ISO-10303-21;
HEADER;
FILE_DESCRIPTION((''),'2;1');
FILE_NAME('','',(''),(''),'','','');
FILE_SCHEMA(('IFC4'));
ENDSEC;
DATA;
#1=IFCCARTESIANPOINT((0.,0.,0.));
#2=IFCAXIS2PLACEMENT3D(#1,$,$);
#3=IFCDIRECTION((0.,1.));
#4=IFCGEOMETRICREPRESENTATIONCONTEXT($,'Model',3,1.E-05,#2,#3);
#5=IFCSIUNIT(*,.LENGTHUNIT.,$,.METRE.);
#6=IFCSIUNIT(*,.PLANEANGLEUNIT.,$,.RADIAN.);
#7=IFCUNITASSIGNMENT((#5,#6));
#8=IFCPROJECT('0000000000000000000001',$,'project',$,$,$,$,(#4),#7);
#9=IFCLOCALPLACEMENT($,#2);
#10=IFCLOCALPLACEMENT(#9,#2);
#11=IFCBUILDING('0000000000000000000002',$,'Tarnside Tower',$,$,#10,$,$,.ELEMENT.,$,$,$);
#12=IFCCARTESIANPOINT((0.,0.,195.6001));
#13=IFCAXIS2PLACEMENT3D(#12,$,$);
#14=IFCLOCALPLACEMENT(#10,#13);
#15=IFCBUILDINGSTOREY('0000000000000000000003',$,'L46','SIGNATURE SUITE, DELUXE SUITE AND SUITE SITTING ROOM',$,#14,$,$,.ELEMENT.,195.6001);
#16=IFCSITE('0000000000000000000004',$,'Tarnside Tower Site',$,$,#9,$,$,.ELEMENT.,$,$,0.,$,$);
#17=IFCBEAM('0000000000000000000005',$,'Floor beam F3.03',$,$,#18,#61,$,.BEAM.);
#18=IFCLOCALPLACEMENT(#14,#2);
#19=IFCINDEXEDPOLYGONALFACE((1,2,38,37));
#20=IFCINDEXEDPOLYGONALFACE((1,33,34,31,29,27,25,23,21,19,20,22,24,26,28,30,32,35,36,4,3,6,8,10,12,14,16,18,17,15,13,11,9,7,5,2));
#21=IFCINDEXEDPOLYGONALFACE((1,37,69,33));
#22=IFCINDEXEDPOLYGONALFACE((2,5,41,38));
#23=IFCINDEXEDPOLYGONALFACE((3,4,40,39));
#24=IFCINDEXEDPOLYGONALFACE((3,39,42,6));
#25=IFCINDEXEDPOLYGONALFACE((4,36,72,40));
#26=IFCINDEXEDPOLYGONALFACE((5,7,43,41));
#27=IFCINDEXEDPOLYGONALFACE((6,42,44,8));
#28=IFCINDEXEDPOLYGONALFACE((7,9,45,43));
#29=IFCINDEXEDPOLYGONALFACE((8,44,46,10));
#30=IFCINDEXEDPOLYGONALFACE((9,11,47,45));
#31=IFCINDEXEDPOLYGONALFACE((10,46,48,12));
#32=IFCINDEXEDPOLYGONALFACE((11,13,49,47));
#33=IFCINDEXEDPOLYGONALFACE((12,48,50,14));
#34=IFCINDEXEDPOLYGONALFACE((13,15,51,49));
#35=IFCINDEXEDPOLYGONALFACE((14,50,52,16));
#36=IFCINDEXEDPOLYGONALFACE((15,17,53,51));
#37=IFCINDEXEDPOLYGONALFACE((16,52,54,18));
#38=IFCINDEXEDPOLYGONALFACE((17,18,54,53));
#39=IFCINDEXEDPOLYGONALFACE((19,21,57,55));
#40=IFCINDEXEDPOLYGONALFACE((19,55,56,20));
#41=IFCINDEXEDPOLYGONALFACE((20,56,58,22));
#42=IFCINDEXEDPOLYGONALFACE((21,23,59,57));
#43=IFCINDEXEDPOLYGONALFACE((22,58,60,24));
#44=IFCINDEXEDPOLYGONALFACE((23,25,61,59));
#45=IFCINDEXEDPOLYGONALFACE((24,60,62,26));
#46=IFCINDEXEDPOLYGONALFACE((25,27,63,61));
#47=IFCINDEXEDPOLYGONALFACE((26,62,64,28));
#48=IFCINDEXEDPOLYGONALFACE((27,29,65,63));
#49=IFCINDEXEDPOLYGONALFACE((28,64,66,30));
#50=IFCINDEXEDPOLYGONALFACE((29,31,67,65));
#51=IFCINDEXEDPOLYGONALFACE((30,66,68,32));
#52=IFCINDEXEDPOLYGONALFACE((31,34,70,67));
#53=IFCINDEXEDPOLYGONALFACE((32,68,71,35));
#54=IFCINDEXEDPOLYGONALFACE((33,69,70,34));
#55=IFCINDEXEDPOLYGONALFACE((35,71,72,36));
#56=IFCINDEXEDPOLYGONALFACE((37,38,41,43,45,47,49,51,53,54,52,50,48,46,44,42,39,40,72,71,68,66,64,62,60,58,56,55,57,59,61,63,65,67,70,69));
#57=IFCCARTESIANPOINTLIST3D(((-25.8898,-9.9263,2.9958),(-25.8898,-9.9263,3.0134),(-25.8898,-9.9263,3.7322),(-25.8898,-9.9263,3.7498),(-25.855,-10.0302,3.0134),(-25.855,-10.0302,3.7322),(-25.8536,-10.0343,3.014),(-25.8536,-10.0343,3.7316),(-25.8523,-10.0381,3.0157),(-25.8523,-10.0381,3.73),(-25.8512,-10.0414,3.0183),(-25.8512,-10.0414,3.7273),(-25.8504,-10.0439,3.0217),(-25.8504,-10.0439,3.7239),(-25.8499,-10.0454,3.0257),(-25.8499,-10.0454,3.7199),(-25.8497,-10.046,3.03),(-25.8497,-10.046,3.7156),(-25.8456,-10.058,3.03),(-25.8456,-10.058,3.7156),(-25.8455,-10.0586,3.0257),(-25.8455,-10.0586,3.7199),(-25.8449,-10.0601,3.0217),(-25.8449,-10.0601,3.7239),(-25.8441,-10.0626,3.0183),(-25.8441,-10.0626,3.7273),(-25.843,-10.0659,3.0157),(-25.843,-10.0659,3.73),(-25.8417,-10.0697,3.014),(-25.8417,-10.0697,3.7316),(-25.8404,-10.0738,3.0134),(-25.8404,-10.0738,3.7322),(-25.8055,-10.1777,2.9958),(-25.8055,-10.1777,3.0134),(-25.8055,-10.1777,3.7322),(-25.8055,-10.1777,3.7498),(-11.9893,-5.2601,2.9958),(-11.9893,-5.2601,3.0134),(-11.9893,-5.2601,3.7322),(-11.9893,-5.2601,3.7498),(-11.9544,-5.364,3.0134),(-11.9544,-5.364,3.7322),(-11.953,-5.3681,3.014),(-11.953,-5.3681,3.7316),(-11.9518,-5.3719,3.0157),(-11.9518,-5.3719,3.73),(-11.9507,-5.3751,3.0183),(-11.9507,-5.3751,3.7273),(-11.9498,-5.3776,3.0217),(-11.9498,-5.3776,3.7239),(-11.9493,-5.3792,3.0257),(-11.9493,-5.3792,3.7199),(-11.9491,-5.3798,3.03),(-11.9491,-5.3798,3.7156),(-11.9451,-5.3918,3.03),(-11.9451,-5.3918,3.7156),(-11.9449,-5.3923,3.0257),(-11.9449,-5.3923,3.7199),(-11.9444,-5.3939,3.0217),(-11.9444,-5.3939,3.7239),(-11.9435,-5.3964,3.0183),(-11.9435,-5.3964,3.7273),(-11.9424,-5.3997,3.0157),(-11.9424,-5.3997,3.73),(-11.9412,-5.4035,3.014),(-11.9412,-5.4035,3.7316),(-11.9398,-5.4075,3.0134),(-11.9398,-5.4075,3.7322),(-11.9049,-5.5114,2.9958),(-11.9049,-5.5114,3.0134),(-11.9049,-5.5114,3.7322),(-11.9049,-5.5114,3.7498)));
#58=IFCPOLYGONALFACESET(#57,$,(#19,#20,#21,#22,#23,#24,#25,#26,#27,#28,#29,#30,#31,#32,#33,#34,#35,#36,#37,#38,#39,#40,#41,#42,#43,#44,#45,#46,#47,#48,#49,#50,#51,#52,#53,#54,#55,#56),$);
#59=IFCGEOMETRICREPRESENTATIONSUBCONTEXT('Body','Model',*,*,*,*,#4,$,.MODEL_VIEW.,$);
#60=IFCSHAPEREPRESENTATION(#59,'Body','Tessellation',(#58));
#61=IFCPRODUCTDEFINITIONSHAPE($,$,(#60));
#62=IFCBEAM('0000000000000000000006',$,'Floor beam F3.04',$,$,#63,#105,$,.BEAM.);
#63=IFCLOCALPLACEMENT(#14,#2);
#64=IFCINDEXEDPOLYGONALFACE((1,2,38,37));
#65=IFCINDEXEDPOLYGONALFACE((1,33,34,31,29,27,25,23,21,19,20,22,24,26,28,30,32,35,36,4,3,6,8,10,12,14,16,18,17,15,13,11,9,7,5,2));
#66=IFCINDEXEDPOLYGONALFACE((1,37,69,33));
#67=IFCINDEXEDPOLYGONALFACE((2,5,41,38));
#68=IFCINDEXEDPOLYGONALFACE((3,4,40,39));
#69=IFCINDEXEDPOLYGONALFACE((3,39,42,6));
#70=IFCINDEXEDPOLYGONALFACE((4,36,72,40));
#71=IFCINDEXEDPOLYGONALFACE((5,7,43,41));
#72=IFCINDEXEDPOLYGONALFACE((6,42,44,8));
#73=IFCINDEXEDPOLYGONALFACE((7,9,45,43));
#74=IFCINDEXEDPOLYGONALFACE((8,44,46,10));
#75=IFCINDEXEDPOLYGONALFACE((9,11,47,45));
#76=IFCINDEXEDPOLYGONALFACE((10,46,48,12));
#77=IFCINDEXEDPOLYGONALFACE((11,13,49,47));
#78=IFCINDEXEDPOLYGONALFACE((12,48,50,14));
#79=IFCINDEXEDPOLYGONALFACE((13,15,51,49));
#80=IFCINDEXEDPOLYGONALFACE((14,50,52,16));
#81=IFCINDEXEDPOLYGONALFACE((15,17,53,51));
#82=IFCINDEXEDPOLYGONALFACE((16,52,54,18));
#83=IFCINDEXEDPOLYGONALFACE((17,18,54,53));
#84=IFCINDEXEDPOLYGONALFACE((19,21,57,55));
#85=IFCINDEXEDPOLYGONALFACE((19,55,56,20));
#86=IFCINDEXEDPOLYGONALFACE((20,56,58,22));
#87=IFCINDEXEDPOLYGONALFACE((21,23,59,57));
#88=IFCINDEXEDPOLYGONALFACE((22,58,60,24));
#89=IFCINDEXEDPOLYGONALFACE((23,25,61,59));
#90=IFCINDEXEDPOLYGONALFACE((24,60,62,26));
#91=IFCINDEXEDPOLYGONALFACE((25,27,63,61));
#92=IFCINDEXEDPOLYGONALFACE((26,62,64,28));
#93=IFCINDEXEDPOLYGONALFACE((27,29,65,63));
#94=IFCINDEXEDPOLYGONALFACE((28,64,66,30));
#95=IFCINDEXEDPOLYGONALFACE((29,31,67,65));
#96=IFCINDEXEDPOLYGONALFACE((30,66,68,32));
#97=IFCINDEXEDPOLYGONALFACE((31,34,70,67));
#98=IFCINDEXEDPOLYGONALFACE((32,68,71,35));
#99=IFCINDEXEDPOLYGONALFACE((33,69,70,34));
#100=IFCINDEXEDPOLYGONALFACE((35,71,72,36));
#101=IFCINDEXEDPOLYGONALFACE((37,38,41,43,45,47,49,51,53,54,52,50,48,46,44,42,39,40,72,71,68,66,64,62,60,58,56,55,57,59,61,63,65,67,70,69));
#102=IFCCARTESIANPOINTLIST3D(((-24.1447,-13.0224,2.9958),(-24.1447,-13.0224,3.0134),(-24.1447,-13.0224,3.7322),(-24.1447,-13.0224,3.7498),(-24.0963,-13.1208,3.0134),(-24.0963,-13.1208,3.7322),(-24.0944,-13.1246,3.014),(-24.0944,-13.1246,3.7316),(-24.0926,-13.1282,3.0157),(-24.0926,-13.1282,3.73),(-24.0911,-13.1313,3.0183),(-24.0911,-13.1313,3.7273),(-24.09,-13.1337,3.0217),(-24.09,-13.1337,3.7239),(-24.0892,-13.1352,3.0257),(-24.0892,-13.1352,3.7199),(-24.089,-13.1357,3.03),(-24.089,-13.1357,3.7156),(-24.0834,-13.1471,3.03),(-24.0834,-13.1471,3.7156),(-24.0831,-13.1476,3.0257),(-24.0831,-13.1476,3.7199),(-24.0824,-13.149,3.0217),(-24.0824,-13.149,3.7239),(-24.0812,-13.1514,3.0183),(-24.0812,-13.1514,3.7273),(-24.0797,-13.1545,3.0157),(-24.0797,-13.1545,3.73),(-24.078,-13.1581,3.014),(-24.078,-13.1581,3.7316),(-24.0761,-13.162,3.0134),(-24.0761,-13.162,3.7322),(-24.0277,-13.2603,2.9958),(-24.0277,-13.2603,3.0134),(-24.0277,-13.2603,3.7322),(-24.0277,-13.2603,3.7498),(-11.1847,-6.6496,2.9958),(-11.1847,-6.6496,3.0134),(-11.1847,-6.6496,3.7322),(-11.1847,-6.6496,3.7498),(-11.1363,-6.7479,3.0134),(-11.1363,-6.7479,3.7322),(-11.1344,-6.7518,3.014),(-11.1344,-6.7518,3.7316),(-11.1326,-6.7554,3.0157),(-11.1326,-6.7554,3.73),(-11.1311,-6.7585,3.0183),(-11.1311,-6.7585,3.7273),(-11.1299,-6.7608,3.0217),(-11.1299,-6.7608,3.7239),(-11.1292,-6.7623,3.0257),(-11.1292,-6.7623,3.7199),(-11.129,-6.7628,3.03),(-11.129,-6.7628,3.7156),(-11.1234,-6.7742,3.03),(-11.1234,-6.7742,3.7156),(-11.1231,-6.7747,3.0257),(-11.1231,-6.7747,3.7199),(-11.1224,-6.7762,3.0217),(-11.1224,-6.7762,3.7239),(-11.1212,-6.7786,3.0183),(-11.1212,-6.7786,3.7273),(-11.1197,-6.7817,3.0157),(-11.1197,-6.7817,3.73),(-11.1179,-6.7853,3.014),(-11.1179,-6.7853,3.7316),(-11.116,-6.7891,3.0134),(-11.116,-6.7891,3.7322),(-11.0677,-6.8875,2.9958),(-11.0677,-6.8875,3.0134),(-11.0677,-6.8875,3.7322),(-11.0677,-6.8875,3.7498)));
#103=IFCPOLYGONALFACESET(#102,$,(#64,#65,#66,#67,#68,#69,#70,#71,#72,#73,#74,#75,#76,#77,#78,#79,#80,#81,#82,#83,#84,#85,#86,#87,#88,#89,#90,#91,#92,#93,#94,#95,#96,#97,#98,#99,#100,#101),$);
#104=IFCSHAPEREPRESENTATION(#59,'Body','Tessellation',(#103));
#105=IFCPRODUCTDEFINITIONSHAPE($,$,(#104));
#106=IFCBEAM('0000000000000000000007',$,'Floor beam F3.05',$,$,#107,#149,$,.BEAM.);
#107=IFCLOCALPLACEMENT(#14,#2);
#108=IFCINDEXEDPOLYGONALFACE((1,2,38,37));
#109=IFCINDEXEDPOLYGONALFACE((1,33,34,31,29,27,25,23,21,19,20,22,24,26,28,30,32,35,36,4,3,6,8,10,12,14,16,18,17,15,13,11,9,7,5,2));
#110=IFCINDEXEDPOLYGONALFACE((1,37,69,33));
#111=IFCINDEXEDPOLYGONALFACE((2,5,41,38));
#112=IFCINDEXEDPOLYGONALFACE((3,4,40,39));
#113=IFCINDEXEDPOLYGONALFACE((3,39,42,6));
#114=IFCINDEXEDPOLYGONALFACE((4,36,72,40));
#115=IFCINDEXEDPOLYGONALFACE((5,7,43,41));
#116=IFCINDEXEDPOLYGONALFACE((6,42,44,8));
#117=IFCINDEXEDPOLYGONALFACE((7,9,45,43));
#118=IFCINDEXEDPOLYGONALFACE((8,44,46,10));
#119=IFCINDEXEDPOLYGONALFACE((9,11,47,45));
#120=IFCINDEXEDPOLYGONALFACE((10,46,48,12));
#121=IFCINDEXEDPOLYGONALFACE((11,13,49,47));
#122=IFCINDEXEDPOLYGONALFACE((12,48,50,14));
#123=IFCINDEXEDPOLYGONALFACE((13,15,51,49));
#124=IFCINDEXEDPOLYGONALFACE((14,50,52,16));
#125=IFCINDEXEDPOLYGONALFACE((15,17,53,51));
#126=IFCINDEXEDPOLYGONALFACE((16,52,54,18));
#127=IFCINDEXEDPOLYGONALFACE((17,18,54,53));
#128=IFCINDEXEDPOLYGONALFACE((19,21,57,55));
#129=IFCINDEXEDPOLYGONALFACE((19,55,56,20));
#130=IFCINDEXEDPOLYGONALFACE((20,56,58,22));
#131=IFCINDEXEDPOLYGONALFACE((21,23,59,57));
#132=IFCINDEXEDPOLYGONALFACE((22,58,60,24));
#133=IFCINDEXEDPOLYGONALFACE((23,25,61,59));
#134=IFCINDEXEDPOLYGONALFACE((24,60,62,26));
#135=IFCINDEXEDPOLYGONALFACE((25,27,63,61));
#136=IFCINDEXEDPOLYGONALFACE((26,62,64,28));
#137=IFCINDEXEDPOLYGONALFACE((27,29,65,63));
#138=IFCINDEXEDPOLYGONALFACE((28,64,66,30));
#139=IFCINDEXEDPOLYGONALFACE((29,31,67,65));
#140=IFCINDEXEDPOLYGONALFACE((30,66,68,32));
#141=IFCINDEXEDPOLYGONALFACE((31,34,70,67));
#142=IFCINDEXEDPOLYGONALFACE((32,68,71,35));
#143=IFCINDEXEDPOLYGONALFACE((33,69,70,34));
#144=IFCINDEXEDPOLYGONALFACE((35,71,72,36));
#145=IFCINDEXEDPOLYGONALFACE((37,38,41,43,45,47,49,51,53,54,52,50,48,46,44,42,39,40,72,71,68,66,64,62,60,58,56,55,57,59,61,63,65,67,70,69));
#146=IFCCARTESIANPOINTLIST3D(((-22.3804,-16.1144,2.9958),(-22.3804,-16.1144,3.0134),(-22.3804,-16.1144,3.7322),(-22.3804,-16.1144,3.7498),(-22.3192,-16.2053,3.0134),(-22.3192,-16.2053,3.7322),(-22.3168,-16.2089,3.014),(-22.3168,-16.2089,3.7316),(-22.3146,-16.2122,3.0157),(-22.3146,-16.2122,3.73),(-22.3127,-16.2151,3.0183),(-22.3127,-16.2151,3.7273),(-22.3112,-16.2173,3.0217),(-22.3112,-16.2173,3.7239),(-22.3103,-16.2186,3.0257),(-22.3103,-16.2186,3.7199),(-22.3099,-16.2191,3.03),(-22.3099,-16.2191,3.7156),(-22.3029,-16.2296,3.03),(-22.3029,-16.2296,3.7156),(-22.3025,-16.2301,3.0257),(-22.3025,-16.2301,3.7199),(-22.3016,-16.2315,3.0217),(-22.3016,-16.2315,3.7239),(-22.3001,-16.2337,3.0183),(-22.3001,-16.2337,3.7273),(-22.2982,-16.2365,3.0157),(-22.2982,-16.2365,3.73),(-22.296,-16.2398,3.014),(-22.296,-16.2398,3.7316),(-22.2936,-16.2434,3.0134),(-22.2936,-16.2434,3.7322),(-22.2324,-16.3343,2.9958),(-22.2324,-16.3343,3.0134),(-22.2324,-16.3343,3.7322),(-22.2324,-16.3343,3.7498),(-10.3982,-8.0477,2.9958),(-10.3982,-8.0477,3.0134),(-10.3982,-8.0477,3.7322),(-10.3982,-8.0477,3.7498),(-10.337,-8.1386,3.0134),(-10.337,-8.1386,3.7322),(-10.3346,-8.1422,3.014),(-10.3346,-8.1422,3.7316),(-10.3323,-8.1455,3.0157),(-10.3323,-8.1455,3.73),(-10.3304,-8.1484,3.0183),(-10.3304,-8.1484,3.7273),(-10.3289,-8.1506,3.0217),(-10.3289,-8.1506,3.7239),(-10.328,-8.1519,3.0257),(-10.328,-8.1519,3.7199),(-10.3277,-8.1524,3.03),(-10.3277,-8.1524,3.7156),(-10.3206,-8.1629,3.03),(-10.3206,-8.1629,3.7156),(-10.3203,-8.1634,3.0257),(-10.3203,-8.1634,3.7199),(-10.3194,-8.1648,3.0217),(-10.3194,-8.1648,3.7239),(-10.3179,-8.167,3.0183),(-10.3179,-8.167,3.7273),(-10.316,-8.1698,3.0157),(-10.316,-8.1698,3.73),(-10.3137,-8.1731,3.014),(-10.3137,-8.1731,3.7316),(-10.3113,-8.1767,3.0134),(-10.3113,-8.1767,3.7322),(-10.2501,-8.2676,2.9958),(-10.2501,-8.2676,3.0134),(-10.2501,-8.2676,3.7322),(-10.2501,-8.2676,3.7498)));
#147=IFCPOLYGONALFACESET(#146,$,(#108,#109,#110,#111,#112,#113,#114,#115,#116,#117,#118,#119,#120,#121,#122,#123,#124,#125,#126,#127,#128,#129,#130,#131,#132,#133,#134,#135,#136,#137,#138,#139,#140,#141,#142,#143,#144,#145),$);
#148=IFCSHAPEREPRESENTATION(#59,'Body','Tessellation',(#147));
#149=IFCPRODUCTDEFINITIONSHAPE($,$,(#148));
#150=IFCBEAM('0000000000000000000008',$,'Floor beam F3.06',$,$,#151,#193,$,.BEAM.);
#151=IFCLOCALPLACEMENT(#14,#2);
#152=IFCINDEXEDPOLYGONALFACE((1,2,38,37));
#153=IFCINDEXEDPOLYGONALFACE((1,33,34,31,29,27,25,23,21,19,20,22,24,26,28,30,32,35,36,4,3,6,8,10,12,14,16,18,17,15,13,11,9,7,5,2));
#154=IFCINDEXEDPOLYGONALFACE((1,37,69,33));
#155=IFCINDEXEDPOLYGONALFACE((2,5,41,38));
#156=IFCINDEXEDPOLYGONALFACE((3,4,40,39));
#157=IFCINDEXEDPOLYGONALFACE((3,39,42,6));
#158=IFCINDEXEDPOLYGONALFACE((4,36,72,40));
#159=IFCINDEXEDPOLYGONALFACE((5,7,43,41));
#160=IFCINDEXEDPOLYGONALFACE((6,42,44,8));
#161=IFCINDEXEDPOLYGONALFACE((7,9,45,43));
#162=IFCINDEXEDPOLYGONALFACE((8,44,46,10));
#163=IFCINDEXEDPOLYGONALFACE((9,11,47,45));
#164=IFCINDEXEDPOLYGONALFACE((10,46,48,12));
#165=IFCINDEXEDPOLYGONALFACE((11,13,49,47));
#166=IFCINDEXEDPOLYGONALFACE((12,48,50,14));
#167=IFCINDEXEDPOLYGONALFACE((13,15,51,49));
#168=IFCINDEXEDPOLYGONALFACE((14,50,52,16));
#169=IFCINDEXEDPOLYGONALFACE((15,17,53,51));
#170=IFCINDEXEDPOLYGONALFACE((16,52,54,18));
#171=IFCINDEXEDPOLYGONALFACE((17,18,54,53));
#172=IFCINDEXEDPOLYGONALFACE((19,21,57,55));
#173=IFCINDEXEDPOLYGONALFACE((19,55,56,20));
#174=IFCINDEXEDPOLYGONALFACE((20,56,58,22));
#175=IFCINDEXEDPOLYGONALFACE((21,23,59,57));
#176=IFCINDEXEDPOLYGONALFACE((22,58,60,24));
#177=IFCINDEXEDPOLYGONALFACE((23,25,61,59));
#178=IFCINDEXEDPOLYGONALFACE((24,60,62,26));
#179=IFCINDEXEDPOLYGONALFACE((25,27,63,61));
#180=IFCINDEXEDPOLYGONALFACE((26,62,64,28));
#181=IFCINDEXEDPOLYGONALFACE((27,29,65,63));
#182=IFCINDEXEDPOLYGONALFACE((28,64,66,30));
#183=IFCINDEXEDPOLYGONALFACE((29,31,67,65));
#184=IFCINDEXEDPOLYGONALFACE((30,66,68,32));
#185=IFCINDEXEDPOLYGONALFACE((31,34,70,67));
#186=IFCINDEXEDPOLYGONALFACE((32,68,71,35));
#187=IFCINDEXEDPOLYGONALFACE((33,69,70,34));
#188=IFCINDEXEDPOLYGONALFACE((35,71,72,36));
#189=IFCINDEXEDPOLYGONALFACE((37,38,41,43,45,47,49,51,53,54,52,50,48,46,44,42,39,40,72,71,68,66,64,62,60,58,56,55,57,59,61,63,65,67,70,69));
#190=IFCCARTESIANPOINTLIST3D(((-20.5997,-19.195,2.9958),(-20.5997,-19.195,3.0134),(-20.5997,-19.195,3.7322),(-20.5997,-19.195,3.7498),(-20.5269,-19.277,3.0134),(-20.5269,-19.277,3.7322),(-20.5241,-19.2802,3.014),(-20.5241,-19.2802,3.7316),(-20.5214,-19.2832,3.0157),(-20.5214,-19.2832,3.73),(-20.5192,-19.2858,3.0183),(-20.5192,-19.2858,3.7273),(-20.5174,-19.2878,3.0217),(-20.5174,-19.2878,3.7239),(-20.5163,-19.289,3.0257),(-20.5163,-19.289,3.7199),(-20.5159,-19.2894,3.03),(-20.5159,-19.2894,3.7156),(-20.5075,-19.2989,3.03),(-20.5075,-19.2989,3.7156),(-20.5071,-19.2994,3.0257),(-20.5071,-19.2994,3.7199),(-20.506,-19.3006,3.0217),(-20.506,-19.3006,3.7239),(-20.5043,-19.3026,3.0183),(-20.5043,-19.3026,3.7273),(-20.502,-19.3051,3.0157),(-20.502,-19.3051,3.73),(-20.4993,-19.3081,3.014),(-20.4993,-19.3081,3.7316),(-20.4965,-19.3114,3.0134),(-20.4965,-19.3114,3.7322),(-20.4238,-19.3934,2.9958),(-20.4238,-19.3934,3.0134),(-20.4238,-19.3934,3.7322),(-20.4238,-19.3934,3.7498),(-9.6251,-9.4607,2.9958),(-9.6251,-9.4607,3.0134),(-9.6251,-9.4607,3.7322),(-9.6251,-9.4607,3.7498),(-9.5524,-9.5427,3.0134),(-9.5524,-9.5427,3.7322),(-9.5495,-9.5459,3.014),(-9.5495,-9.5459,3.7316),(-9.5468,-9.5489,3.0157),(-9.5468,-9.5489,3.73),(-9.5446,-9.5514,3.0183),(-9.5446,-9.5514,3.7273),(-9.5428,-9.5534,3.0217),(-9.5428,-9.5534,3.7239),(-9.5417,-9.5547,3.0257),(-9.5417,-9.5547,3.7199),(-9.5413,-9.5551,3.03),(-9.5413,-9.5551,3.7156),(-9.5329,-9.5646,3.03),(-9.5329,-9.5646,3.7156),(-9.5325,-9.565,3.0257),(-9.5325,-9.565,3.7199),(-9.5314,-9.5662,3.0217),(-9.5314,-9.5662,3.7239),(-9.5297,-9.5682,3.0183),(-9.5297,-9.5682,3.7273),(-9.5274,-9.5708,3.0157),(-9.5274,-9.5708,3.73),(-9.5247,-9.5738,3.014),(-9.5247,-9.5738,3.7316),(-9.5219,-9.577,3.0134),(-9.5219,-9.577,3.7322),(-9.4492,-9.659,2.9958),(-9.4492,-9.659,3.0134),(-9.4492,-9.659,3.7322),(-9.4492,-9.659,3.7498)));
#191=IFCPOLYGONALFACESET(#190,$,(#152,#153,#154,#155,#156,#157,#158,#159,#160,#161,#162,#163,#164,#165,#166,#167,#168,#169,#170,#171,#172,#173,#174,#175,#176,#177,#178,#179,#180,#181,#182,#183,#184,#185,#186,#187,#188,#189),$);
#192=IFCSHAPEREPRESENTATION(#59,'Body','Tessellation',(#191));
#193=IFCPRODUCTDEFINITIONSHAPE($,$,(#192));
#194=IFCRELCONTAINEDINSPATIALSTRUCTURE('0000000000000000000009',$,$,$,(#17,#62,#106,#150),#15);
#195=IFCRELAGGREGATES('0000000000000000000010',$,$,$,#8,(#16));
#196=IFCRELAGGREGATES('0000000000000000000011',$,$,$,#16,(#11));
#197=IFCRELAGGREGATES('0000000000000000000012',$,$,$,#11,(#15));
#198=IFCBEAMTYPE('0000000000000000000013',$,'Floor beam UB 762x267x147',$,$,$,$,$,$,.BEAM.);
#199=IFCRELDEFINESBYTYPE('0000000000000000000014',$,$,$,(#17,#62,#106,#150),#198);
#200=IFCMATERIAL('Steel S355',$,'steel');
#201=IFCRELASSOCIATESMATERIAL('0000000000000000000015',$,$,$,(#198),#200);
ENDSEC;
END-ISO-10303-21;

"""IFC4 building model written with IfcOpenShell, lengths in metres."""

from ifc_helpers import new_model, si_unit, direction, frame, origin, origin_2d, place, context, subcontext, project, spatial, i_section, extrude, material, material_profile, profile_set, type_object, element, save


model = new_model("IFC4")

# Units and contexts
model_context = context("Model", 3, precision=1e-05, world=origin(), true_north=direction((0.0, 1.0)))
body_context = subcontext(model_context, "Body", "Model", "MODEL_VIEW")
ifc_project = project(units=[si_unit("LENGTHUNIT", "METRE"), si_unit("PLANEANGLEUNIT", "RADIAN")], contexts=[model_context])

# Site, building, storey
site_placement = place(None, origin())
site = spatial("IfcSite", under=ifc_project, at=site_placement, Name="Tarnside Tower Site", CompositionType="ELEMENT", RefElevation=0.0)
building_placement = place(site_placement, origin())
building = spatial("IfcBuilding", under=site, at=building_placement, Name="Tarnside Tower", CompositionType="ELEMENT")
storey_placement = place(building_placement, frame((0.0, 0.0, 195.6001)))
storey = spatial("IfcBuildingStorey", under=building, at=storey_placement, Name="L46", Description="SIGNATURE SUITE, DELUXE SUITE AND SUITE SITTING ROOM", CompositionType="ELEMENT", Elevation=195.6001)

# Beams
ifc_material_1 = material(Name="Steel S355", Category="steel")
ifc_material_profile_1 = material_profile(ifc_material_1, i_section(OverallWidth=0.2651, OverallDepth=0.7539, WebThickness=0.0127, FlangeThickness=0.0176, FilletRadius=0.0166, at=origin_2d()), Name="UB 762x267x147")
ifc_profile_set_1 = profile_set([ifc_material_profile_1], Name="Steel S355")
beam_type_1 = type_object("IfcBeamType", Name="Floor beam UB 762x267x147", PredefinedType="BEAM", material=ifc_profile_set_1)
beam_1_placement = place(storey_placement, frame((-25.8477, -10.052, 3.3728), z_axis=(0.948012, 0.318235, 0.0), x_axis=(-0.318235, 0.948012, 0.0)))
element("IfcBeam", 1, at=beam_1_placement, inside=storey, type_object=beam_type_1, Name="Floor beam F3.03", PredefinedType="BEAM", context=body_context, shape_type="SweptSolid", body=[
    extrude(i_section(OverallWidth=0.2651, OverallDepth=0.7539, WebThickness=0.0127, FlangeThickness=0.0176, FilletRadius=0.0166, at=origin_2d()), origin(), (0.0, 0.0, 1.0), 14.6628),
])
beam_2_placement = place(storey_placement, frame((-24.0862, -13.1414, 3.3728), z_axis=(0.897376, 0.441267, 0.0), x_axis=(-0.441267, 0.897376, 0.0)))
element("IfcBeam", 2, at=beam_2_placement, inside=storey, type_object=beam_type_1, Name="Floor beam F3.04", PredefinedType="BEAM", context=body_context, shape_type="SweptSolid", body=[
    extrude(i_section(OverallWidth=0.2651, OverallDepth=0.7539, WebThickness=0.0127, FlangeThickness=0.0176, FilletRadius=0.0166, at=origin_2d()), origin(), (0.0, 0.0, 1.0), 14.4421),
])
beam_3_placement = place(storey_placement, frame((-22.3064, -16.2244, 3.3728), z_axis=(0.829532, 0.558458, 0.0), x_axis=(-0.558458, 0.829532, 0.0)))
element("IfcBeam", 3, at=beam_3_placement, inside=storey, type_object=beam_type_1, Name="Floor beam F3.05", PredefinedType="BEAM", context=body_context, shape_type="SweptSolid", body=[
    extrude(i_section(OverallWidth=0.2651, OverallDepth=0.7539, WebThickness=0.0127, FlangeThickness=0.0176, FilletRadius=0.0166, at=origin_2d()), origin(), (0.0, 0.0, 1.0), 14.4446),
])
beam_4_placement = place(storey_placement, frame((-20.5117, -19.2942, 3.3728), z_axis=(0.748114, 0.66357, 0.0), x_axis=(-0.66357, 0.748114, 0.0)))
element("IfcBeam", 4, at=beam_4_placement, inside=storey, type_object=beam_type_1, Name="Floor beam F3.06", PredefinedType="BEAM", context=body_context, shape_type="SweptSolid", body=[
    extrude(i_section(OverallWidth=0.2651, OverallDepth=0.7539, WebThickness=0.0127, FlangeThickness=0.0176, FilletRadius=0.0166, at=origin_2d()), origin(), (0.0, 0.0, 1.0), 14.6697),
])

save(model, "model.ifc")
